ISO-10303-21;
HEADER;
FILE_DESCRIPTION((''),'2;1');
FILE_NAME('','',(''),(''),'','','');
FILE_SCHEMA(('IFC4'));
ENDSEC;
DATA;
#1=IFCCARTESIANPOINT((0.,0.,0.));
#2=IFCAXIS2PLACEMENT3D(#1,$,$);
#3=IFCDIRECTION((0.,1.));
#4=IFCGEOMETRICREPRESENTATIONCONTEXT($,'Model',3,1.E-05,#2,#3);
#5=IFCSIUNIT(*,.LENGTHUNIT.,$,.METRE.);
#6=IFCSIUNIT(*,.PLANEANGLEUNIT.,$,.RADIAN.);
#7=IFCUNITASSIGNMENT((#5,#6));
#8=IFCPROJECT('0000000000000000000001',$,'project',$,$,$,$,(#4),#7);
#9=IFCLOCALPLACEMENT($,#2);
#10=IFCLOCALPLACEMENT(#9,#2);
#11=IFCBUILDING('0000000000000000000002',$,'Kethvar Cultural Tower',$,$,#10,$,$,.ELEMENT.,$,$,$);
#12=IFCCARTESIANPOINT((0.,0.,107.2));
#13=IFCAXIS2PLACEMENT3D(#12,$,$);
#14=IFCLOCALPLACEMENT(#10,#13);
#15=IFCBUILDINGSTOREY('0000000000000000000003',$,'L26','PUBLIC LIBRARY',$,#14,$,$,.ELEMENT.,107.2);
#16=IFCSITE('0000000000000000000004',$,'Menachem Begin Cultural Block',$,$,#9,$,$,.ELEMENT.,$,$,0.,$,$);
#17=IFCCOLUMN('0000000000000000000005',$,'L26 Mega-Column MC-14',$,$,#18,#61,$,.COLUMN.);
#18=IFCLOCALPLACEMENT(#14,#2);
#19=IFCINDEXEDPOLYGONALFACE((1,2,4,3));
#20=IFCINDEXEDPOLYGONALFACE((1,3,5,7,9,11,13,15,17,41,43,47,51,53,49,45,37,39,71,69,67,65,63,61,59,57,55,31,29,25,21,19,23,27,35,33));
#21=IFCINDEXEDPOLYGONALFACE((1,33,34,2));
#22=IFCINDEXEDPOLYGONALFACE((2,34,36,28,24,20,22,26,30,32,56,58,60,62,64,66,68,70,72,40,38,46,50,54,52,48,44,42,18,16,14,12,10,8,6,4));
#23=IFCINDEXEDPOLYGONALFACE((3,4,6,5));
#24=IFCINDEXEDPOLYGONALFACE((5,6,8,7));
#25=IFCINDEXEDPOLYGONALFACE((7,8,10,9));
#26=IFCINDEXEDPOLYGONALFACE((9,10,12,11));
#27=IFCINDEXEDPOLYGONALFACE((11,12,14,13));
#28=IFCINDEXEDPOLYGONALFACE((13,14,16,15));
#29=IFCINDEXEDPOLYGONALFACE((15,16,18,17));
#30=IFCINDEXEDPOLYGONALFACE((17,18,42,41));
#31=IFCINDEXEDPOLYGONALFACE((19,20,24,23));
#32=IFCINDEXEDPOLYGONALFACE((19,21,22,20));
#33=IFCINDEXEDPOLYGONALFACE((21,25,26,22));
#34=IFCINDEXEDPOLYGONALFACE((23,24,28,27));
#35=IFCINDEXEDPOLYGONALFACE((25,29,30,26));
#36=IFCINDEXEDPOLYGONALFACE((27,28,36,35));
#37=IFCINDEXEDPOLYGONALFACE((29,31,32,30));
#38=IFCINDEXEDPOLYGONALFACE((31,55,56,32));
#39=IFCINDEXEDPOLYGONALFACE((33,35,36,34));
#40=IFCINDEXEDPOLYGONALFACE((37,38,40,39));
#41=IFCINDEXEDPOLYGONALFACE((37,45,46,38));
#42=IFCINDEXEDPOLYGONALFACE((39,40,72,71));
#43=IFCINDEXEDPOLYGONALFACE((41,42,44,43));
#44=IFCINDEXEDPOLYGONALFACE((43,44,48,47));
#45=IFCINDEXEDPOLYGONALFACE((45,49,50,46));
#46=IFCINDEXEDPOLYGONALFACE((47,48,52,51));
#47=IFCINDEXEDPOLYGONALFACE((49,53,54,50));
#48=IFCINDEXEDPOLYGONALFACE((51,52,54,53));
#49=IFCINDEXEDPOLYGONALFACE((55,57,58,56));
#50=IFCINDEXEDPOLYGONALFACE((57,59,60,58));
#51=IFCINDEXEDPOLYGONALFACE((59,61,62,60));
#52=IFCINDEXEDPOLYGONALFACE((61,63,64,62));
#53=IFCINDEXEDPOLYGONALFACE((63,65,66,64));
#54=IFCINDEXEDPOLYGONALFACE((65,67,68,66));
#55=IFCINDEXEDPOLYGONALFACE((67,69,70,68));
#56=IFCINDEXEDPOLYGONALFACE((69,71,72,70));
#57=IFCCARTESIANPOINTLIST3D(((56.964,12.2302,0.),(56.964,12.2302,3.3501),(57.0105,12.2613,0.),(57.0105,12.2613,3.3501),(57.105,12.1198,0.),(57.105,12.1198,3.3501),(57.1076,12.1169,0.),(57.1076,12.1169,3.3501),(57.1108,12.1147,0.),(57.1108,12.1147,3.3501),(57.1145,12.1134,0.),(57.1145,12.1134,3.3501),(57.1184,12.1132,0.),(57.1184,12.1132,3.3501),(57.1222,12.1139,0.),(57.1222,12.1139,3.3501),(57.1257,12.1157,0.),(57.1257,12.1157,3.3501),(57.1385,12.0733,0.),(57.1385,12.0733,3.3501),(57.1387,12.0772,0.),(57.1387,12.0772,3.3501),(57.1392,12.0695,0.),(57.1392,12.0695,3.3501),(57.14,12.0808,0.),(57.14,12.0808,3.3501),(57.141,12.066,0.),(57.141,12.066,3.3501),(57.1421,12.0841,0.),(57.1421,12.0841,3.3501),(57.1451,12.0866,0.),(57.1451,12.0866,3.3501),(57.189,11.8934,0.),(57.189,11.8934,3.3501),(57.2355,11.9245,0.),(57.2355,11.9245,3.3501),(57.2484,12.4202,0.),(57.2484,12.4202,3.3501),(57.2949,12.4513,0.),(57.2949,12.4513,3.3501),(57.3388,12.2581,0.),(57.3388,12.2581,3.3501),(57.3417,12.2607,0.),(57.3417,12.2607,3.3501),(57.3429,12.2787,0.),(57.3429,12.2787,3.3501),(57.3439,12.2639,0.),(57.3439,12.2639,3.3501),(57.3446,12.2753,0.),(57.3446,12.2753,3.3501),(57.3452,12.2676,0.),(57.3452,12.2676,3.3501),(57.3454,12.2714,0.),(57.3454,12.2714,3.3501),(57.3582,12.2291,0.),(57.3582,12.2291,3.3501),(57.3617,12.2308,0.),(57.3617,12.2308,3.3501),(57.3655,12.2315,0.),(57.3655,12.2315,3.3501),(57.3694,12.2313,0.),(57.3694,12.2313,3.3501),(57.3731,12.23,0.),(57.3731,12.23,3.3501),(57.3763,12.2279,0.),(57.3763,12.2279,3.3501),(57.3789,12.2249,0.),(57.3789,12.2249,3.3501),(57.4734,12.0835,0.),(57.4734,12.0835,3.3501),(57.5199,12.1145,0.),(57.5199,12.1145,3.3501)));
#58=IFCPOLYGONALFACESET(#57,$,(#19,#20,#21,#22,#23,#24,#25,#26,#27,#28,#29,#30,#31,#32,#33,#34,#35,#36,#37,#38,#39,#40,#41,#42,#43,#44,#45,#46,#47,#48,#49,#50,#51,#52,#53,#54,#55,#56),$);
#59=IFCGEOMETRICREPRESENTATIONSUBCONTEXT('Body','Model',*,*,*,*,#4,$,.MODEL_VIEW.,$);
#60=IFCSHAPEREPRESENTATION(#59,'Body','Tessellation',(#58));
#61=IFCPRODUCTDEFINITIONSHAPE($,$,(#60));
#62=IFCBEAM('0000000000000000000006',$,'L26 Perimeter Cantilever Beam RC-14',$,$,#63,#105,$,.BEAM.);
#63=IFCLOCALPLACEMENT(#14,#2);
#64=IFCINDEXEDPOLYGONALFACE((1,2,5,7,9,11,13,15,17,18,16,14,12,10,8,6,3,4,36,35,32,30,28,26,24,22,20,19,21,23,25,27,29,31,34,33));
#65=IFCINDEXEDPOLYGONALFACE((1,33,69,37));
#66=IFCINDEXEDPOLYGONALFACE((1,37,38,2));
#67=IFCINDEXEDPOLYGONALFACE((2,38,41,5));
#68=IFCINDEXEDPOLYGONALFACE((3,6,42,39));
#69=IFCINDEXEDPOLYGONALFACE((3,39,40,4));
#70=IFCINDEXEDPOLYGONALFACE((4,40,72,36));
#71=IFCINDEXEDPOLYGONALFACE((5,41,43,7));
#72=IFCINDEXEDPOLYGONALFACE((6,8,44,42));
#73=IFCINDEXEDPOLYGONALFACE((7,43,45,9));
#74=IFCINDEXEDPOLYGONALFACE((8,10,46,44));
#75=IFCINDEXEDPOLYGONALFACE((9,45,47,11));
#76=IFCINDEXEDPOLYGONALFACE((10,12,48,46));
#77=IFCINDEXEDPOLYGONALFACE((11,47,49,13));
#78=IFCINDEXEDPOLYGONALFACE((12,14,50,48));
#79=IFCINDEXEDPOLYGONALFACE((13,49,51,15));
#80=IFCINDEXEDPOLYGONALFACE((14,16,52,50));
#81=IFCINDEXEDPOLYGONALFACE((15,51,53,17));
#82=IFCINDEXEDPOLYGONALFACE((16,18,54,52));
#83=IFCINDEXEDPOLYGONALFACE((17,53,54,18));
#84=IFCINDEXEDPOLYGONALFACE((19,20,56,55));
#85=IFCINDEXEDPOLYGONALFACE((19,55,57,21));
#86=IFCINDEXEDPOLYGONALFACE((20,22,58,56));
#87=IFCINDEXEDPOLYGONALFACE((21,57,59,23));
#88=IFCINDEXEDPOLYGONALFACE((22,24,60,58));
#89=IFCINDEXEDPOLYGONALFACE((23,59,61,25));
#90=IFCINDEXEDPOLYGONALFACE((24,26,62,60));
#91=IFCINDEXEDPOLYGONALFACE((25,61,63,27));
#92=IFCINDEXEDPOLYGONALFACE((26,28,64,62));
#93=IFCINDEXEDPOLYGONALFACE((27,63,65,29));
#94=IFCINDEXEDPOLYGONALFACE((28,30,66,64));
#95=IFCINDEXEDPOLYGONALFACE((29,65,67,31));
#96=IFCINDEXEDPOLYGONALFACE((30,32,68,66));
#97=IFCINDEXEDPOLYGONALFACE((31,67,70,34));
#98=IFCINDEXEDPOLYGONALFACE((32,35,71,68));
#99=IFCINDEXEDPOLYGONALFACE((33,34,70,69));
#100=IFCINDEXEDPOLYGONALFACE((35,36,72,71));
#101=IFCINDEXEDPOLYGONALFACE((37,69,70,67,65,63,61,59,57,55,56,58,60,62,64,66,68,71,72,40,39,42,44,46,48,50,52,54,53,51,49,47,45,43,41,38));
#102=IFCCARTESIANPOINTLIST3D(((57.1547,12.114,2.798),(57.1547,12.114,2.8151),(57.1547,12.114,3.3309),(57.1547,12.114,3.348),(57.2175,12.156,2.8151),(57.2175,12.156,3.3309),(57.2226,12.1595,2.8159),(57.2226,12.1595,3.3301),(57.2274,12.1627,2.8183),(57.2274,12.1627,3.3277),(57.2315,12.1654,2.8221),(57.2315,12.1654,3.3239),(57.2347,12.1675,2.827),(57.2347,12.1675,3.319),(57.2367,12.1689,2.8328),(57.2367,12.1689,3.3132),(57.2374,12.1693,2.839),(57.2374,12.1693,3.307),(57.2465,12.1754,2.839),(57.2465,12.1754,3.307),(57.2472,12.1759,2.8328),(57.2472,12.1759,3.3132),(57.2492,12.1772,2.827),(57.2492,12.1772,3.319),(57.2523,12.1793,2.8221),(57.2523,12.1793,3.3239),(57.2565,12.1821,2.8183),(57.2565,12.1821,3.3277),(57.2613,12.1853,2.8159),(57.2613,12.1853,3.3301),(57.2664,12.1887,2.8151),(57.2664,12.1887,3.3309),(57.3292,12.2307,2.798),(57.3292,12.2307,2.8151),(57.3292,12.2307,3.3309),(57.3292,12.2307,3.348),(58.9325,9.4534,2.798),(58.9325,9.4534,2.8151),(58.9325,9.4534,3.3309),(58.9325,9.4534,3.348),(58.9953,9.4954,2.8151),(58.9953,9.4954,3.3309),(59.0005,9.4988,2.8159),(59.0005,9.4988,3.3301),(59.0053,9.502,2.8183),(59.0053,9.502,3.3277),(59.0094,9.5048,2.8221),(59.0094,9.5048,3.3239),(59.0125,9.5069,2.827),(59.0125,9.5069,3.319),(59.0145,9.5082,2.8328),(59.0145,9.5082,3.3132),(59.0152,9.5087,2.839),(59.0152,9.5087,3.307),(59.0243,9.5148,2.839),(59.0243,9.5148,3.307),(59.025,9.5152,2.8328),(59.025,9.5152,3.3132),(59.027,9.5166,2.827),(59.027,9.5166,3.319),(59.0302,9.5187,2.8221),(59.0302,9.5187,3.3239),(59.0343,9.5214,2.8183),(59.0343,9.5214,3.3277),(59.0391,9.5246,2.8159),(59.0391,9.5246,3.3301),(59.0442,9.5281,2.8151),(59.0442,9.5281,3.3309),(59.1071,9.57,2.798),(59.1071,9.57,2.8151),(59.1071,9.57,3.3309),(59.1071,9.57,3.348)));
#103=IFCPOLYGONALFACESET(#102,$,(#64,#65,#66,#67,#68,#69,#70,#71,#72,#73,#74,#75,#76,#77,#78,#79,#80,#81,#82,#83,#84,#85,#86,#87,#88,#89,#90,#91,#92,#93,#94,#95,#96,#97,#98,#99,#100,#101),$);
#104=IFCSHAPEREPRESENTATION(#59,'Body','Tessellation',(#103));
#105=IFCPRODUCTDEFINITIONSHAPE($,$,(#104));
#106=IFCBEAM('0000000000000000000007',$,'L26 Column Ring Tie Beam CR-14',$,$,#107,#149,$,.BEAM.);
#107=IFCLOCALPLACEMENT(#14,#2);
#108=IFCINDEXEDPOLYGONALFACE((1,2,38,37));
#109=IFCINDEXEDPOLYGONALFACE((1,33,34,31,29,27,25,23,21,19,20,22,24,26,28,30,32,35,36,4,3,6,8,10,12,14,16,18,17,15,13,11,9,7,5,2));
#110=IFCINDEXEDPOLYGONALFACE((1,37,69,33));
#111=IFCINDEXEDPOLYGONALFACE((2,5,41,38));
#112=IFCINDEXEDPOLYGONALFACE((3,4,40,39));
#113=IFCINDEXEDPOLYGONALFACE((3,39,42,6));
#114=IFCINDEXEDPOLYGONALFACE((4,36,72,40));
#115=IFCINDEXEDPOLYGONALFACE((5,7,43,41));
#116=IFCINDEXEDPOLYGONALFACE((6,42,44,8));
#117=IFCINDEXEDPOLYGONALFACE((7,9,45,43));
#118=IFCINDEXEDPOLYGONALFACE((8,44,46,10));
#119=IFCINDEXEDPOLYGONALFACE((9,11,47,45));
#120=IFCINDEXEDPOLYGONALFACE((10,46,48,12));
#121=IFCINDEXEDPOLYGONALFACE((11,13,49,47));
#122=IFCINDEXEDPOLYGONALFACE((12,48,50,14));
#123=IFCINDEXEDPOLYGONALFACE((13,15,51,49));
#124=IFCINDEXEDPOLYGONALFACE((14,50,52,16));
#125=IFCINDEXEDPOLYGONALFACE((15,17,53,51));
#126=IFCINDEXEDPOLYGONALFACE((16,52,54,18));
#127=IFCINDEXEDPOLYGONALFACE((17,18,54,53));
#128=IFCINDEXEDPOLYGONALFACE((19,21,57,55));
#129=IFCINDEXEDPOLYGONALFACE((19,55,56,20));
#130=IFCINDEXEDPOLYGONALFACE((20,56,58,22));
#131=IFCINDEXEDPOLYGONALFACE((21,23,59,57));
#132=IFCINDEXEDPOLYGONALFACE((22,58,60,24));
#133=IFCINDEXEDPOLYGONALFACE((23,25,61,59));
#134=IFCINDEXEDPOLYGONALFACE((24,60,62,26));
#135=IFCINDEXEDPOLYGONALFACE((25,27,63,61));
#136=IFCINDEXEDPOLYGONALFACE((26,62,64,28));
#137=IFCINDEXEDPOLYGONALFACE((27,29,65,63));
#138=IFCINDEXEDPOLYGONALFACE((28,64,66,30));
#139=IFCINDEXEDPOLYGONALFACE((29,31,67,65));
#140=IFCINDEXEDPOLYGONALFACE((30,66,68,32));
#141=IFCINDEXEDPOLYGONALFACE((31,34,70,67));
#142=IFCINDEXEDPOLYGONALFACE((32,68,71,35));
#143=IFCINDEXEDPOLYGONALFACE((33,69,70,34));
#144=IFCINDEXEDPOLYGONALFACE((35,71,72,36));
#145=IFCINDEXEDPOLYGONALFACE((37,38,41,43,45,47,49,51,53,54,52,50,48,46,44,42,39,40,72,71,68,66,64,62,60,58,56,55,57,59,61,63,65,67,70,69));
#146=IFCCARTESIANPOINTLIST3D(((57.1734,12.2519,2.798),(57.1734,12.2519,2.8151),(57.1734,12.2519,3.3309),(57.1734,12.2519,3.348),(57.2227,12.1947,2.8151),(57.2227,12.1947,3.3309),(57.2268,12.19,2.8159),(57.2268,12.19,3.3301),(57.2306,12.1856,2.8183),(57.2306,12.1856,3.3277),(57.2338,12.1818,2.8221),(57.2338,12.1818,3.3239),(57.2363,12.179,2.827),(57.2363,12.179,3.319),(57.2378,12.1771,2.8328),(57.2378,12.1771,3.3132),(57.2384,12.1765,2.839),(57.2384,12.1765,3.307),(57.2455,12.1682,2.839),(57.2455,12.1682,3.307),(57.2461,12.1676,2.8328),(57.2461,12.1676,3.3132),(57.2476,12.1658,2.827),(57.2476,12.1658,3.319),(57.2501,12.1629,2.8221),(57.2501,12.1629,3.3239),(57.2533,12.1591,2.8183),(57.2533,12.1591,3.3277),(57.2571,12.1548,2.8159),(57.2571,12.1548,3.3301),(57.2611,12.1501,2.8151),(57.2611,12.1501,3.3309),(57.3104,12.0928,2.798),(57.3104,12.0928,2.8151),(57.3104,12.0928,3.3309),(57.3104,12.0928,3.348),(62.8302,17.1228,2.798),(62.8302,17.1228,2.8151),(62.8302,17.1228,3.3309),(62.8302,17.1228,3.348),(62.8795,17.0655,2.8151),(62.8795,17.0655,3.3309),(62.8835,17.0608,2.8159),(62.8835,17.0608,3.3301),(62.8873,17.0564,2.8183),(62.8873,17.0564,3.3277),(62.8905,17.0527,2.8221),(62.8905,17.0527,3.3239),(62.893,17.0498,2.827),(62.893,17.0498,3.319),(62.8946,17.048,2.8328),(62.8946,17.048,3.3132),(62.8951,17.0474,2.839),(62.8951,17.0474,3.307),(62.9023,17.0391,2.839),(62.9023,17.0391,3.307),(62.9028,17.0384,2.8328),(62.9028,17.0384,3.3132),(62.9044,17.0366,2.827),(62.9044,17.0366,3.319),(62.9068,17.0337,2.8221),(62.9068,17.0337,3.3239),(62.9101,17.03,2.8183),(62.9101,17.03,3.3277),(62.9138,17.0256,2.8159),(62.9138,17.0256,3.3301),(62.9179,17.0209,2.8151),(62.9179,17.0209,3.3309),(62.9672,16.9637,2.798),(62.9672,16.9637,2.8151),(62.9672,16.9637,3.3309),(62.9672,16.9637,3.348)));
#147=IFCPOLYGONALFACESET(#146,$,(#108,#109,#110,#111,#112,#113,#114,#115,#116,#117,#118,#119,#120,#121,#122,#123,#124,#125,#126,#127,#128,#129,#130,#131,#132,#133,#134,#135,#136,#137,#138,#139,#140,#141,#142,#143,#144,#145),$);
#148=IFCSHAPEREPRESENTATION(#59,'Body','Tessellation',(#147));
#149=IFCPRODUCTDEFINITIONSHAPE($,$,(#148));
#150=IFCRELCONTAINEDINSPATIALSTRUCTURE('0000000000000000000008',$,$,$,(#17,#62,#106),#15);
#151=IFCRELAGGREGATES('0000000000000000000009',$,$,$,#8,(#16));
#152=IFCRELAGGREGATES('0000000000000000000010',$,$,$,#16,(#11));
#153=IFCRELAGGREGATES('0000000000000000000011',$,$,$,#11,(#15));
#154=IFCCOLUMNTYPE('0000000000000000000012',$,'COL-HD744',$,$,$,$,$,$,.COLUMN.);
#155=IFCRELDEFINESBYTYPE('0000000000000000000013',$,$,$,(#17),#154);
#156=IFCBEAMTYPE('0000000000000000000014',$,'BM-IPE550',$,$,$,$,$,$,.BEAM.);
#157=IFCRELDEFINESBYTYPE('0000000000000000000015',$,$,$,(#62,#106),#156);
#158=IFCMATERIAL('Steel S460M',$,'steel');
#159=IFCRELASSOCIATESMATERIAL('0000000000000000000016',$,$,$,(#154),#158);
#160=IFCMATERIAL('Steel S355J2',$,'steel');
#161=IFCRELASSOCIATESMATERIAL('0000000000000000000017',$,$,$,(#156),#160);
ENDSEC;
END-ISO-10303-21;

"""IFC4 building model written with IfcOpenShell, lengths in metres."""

from ifc_helpers import new_model, si_unit, direction, frame, origin, origin_2d, place, context, subcontext, project, spatial, i_section, extrude, source, transform, mapped, material, material_profile, profile_set, type_object, element, save


model = new_model("IFC4")

# Units and contexts
model_context = context("Model", 3, precision=1e-05, world=origin(), true_north=direction((0.0, 1.0)))
body_context = subcontext(model_context, "Body", "Model", "MODEL_VIEW")
ifc_project = project(units=[si_unit("LENGTHUNIT", "METRE"), si_unit("PLANEANGLEUNIT", "RADIAN")], contexts=[model_context])

# Site, building, storey
site_placement = place(None, origin())
site = spatial("IfcSite", under=ifc_project, at=site_placement, Name="Menachem Begin Cultural Block", CompositionType="ELEMENT", RefElevation=0.0)
building_placement = place(site_placement, origin())
building = spatial("IfcBuilding", under=site, at=building_placement, Name="Kethvar Cultural Tower", CompositionType="ELEMENT")
storey_placement = place(building_placement, frame((0.0, 0.0, 107.2)))
storey = spatial("IfcBuildingStorey", under=building, at=storey_placement, Name="L26", Description="PUBLIC LIBRARY", CompositionType="ELEMENT", Elevation=107.2)

# Column
ifc_material_1 = material(Name="Steel S460M", Category="steel")
ifc_material_profile_1 = material_profile(ifc_material_1, i_section(OverallWidth=0.405, OverallDepth=0.3979, WebThickness=0.0349, FlangeThickness=0.0559, FilletRadius=0.0149, at=origin_2d()), Name="Steel S460M — HD400x744")
ifc_profile_set_1 = profile_set([ifc_material_profile_1], Name="Steel S460M — HD400x744")
column_type = type_object("IfcColumnType", Name="COL-HD744", PredefinedType="COLUMN", material=ifc_profile_set_1)
shared_shape_1 = source(origin(), body_context, "Body", "SweptSolid", [
    extrude(i_section(OverallWidth=0.405, OverallDepth=0.3979, WebThickness=0.0349, FlangeThickness=0.0559, FilletRadius=0.0149, at=origin_2d()), origin(), (0.0, 0.0, 1.0), 3.3501),
])
column_placement = place(storey_placement, frame((57.2419, 12.1724, 0.0), z_axis=(0.0, 0.0, 1.0), x_axis=(0.55557, -0.83147, 0.0)))
element("IfcColumn", 1, at=column_placement, inside=storey, type_object=column_type, Name="L26 Mega-Column MC-14", PredefinedType="COLUMN", context=body_context, shape_type="MappedRepresentation", body=[
    mapped(shared_shape_1, transform((0.0, 0.0, 0.0), scale=1.0)),
])

# Beams
ifc_material_2 = material(Name="Steel S355J2", Category="steel")
ifc_material_profile_2 = material_profile(ifc_material_2, i_section(OverallWidth=0.21, OverallDepth=0.55, WebThickness=0.011, FlangeThickness=0.0171, FilletRadius=0.0239, at=origin_2d()), Name="Steel S355J2 — IPE550")
ifc_profile_set_2 = profile_set([ifc_material_profile_2], Name="Steel S355J2 — IPE550")
beam_type_1 = type_object("IfcBeamType", Name="BM-IPE550", PredefinedType="BEAM", material=ifc_profile_set_2)
shared_shape_2 = source(origin(), body_context, "Body", "SweptSolid", [
    extrude(i_section(OverallWidth=0.21, OverallDepth=0.55, WebThickness=0.011, FlangeThickness=0.0171, FilletRadius=0.0239, at=origin_2d()), origin(), (0.0, 0.0, 1.0), 3.2),
])
beam_1_placement = place(storey_placement, frame((57.2419, 12.1724, 3.073), z_axis=(0.55558, -0.831463, 0.0), x_axis=(0.831463, 0.55558, 0.0)))
element("IfcBeam", 2, at=beam_1_placement, inside=storey, type_object=beam_type_1, Name="L26 Perimeter Cantilever Beam RC-14", PredefinedType="BEAM", context=body_context, shape_type="MappedRepresentation", body=[
    mapped(shared_shape_2, transform((0.0, 0.0, 0.0), scale=1.0)),
])
shared_shape_3 = source(origin(), body_context, "Body", "SweptSolid", [
    extrude(i_section(OverallWidth=0.21, OverallDepth=0.55, WebThickness=0.011, FlangeThickness=0.0171, FilletRadius=0.0239, at=origin_2d()), origin(), (0.0, 0.0, 1.0), 7.4648),
])
beam_2_placement = place(storey_placement, frame((57.2419, 12.1724, 3.073), z_axis=(0.757784, 0.652505, 0.0), x_axis=(-0.652505, 0.757784, 0.0)))
element("IfcBeam", 3, at=beam_2_placement, inside=storey, type_object=beam_type_1, Name="L26 Column Ring Tie Beam CR-14", PredefinedType="BEAM", context=body_context, shape_type="MappedRepresentation", body=[
    mapped(shared_shape_3, transform((0.0, 0.0, 0.0), scale=1.0)),
])

save(model, "model.ifc")
